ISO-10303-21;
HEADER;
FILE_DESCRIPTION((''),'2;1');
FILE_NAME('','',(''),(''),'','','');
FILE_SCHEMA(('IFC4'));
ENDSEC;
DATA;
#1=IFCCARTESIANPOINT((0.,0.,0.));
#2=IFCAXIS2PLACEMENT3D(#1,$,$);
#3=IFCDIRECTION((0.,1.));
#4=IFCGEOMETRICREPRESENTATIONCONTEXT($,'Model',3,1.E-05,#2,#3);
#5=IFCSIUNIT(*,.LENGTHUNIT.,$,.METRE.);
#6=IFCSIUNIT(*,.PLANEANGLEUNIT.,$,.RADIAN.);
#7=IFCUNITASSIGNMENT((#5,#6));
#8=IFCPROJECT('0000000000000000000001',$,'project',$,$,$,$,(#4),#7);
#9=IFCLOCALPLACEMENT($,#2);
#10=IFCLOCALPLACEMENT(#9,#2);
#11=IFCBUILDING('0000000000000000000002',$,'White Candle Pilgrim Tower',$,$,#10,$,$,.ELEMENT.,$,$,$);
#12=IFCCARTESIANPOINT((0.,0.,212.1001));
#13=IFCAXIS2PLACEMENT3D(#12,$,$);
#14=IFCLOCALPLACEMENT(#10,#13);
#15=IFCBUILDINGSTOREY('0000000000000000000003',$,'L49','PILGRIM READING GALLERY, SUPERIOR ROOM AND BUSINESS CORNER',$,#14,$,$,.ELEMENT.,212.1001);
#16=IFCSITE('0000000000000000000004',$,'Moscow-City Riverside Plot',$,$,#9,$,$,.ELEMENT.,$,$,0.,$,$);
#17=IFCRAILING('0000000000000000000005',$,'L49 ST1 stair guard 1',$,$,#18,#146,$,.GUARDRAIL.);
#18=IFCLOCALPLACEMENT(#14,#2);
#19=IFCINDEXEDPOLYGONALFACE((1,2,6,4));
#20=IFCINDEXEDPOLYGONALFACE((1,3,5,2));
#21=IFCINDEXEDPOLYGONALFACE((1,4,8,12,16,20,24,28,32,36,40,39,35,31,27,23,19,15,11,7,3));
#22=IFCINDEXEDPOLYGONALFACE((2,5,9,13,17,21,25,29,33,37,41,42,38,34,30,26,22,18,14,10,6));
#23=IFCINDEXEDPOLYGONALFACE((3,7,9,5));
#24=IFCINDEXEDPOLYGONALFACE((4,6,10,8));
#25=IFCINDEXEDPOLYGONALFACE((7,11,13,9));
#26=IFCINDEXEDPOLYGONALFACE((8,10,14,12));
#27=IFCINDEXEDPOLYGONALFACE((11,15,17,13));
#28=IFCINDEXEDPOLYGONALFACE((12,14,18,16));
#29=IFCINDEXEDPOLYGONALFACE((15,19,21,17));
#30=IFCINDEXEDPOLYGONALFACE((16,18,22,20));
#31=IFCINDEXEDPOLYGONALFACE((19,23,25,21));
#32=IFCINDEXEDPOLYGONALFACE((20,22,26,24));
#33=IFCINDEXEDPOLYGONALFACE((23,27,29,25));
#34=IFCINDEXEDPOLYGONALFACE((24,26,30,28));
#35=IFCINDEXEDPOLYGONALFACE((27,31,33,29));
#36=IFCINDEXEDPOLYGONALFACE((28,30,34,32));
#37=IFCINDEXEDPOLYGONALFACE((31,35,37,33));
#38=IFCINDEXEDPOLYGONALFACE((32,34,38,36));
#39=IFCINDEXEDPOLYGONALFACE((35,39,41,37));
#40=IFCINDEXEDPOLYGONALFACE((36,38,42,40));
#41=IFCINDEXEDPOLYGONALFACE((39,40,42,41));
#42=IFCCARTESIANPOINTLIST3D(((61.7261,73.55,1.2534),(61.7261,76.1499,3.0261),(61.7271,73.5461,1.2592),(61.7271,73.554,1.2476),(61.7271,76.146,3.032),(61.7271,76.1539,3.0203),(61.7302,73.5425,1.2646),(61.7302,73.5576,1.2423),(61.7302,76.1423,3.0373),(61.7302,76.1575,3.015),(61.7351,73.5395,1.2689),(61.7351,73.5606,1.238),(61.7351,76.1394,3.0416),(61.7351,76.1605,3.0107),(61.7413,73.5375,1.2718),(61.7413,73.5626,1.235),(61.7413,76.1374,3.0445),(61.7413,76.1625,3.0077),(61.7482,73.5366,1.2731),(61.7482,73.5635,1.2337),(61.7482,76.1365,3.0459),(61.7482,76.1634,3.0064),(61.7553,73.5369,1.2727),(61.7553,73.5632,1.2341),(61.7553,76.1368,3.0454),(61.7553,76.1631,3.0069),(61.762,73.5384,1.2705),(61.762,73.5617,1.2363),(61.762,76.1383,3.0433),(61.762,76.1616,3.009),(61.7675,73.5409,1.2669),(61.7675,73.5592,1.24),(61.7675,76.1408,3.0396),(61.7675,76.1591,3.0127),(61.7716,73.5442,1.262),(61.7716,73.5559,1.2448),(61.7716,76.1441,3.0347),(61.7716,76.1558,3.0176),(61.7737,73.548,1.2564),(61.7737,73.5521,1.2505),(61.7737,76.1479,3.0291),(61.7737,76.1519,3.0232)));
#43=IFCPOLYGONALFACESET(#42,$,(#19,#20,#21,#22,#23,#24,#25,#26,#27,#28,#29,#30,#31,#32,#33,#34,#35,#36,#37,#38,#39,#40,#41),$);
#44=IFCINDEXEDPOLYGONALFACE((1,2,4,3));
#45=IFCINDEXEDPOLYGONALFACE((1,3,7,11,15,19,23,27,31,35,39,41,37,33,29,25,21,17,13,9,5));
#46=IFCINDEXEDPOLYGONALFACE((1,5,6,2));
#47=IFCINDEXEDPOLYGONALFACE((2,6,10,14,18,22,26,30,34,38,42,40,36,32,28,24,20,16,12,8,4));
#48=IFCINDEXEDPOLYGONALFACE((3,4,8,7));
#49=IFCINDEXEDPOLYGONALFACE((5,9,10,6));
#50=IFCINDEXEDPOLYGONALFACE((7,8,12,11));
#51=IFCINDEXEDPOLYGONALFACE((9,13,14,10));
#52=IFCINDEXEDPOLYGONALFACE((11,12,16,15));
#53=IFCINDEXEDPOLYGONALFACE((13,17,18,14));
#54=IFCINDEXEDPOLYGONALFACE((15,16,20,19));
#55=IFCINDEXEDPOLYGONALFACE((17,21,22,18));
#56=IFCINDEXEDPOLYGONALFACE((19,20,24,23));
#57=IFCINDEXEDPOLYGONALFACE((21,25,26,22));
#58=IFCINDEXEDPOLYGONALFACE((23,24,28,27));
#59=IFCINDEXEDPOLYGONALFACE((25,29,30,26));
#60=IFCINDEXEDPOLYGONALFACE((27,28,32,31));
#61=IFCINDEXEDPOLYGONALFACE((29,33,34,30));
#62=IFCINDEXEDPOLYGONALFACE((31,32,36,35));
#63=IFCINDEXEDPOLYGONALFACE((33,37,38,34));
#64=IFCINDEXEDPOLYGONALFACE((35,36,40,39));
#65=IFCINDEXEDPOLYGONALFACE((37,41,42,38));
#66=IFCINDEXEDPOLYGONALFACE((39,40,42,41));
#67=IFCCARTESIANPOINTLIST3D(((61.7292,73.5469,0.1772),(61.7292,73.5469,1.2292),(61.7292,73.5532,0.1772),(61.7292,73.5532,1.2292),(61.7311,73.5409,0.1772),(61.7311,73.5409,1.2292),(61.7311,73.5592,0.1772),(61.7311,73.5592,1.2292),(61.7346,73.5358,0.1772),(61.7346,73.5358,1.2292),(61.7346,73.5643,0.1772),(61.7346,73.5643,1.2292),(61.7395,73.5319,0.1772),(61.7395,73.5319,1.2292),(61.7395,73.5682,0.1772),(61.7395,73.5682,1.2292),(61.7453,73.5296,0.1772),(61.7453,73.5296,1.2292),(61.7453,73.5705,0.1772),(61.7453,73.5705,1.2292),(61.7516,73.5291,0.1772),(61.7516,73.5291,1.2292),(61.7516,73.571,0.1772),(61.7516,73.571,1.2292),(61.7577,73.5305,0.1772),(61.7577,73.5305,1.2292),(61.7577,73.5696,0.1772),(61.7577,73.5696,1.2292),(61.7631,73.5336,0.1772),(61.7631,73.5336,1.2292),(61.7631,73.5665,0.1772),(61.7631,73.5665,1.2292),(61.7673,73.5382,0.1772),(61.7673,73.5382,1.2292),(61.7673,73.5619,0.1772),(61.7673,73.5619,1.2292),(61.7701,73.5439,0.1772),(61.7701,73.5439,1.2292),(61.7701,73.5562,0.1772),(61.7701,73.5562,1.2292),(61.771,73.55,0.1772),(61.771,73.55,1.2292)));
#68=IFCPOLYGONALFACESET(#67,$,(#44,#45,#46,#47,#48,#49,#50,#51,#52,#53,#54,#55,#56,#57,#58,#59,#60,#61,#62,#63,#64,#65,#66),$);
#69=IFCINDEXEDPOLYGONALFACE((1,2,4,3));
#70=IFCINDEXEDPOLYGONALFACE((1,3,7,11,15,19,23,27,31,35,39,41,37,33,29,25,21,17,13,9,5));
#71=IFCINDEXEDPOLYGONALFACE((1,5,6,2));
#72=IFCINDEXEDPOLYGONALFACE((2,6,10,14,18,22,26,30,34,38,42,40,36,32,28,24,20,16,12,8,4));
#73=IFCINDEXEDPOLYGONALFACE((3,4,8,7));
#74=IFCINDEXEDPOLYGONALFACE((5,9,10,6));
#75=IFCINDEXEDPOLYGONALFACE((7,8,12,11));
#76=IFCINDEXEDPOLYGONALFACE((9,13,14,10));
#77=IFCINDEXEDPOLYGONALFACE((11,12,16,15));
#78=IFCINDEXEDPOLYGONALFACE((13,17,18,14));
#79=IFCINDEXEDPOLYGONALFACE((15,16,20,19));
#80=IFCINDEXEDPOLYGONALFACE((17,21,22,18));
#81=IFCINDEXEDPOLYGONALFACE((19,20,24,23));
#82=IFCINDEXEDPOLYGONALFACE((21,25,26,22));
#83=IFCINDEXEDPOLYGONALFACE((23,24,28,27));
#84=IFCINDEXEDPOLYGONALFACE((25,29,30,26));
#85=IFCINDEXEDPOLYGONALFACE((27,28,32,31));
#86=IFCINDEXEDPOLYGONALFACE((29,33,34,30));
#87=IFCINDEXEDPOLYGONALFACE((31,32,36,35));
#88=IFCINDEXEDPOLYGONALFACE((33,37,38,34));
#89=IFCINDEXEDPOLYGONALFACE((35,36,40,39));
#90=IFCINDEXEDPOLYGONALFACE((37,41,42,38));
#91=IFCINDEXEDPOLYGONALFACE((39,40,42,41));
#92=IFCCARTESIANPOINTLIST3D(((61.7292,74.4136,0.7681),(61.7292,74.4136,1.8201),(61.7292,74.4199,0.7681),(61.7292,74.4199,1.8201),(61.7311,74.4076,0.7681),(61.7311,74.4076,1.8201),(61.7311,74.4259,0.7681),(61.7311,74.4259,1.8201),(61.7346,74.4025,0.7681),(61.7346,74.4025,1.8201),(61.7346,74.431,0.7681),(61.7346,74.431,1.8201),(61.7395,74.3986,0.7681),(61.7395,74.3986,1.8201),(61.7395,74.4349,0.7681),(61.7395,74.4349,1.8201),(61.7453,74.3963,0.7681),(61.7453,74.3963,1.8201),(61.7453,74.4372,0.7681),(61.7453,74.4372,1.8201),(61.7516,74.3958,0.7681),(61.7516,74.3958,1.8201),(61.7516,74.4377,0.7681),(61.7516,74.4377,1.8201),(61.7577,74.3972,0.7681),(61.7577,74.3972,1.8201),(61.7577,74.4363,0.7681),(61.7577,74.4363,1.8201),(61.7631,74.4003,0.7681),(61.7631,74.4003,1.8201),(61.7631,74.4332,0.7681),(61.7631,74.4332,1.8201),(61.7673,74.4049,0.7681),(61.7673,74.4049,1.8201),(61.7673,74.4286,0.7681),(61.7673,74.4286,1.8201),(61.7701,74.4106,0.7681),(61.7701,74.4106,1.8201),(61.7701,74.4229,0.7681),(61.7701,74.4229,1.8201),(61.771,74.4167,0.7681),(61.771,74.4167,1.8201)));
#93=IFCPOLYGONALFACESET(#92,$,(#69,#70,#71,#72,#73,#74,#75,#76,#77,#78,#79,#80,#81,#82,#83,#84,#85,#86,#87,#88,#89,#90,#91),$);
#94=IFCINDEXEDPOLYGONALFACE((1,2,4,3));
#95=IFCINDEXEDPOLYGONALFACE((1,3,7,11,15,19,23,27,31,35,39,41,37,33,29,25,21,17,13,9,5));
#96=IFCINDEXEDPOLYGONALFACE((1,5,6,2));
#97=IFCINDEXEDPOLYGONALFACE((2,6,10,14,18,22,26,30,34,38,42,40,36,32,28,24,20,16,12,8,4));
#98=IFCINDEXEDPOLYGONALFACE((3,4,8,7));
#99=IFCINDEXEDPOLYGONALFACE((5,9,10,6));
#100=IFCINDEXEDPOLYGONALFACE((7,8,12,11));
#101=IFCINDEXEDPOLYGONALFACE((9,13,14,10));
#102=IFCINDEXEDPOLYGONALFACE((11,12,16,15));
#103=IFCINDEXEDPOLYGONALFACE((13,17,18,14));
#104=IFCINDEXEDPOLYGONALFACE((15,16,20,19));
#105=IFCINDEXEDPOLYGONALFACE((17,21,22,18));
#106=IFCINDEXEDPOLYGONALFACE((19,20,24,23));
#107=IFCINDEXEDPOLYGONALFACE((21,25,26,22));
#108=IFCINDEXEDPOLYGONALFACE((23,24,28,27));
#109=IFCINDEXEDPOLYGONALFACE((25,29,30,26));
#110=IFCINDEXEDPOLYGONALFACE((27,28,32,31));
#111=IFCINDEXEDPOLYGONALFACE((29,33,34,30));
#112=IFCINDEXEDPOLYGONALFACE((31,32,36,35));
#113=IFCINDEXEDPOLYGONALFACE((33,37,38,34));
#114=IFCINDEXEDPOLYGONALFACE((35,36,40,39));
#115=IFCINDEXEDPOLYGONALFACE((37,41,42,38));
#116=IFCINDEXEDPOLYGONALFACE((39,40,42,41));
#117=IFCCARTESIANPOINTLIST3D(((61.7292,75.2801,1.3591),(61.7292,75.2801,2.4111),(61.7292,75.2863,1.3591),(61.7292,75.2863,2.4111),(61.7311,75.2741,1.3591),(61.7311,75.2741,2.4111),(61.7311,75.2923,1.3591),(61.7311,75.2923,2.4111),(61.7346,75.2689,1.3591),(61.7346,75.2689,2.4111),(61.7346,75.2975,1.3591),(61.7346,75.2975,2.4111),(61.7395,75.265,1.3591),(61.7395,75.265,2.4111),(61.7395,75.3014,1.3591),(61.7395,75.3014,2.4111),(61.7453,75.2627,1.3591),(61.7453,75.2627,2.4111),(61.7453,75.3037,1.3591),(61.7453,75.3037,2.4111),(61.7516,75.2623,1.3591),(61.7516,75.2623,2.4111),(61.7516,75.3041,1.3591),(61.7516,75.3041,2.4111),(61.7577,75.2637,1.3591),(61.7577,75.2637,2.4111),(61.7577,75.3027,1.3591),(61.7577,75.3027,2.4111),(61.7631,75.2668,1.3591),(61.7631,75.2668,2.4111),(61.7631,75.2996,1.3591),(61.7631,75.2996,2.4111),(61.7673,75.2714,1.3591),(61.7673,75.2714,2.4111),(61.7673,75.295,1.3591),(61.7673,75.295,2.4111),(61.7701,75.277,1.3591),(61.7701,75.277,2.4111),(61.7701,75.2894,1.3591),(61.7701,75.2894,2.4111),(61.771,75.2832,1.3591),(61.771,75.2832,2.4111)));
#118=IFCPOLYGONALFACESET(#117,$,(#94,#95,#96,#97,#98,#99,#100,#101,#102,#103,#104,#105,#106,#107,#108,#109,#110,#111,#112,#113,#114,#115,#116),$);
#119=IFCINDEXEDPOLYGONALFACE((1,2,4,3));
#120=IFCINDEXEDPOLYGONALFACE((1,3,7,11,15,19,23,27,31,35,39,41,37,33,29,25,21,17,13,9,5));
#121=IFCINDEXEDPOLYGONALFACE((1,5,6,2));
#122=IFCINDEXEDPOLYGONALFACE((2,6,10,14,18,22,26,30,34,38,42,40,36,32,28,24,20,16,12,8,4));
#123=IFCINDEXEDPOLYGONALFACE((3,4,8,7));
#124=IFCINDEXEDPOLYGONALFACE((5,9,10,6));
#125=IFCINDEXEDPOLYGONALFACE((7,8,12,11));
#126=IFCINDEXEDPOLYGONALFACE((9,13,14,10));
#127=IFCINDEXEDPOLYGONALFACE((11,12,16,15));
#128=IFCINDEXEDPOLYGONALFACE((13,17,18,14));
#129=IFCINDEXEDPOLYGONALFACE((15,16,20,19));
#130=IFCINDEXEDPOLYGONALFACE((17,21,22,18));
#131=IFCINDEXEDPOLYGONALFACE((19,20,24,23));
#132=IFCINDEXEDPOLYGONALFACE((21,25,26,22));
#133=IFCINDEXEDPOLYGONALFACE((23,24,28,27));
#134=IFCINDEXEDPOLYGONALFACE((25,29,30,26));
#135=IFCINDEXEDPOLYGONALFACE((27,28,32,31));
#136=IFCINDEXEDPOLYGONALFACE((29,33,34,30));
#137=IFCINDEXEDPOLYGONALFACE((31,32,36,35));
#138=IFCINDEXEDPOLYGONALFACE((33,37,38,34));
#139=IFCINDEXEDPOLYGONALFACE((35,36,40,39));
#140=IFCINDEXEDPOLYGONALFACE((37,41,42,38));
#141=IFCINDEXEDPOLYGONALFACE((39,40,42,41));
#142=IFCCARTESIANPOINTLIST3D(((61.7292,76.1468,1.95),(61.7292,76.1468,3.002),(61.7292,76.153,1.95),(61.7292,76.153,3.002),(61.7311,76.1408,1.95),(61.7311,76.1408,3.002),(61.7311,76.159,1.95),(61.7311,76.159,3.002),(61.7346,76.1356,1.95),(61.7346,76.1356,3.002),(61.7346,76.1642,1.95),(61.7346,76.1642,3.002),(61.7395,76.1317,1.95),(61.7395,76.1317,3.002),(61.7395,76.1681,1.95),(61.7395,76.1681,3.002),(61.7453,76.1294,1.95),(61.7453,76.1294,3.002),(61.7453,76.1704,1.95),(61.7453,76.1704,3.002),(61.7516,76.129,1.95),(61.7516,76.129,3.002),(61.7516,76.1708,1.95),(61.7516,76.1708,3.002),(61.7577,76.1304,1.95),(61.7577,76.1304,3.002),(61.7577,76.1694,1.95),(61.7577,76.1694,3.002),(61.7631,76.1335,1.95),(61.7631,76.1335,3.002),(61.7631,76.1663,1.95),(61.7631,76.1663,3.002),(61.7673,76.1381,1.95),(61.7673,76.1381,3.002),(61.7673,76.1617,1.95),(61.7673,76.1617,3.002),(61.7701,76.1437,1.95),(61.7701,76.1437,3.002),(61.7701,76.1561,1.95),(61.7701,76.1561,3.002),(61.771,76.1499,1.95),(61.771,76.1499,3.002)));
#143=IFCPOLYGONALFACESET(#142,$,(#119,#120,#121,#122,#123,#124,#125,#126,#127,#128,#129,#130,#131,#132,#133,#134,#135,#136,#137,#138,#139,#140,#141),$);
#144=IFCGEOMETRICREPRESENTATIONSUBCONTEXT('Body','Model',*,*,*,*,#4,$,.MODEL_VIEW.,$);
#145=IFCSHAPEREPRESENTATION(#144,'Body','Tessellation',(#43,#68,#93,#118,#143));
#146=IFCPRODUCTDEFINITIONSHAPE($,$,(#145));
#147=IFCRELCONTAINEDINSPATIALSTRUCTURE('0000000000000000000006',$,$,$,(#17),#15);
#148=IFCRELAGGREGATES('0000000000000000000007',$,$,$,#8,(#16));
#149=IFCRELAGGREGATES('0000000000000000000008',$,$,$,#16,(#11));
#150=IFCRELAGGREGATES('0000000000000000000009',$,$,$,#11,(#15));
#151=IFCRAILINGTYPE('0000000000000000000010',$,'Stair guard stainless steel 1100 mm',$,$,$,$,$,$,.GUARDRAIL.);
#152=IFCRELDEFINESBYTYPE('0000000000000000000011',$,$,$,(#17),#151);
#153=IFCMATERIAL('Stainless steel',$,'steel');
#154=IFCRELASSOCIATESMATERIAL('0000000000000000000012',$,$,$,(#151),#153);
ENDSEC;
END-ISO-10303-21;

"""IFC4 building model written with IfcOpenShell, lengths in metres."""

from ifc_helpers import new_model, si_unit, direction, frame, origin, origin_2d, place, context, subcontext, project, spatial, circle, extrude, material, type_object, element, save


model = new_model("IFC4")

# Units and contexts
model_context = context("Model", 3, precision=1e-05, world=origin(), true_north=direction((0.0, 1.0)))
body_context = subcontext(model_context, "Body", "Model", "MODEL_VIEW")
ifc_project = project(units=[si_unit("LENGTHUNIT", "METRE"), si_unit("PLANEANGLEUNIT", "RADIAN")], contexts=[model_context])

# Site, building, storey
site_placement = place(None, origin())
site = spatial("IfcSite", under=ifc_project, at=site_placement, Name="Moscow-City Riverside Plot", CompositionType="ELEMENT", RefElevation=0.0)
building_placement = place(site_placement, origin())
building = spatial("IfcBuilding", under=site, at=building_placement, Name="White Candle Pilgrim Tower", CompositionType="ELEMENT")
storey_placement = place(building_placement, frame((0.0, 0.0, 212.1001)))
storey = spatial("IfcBuildingStorey", under=building, at=storey_placement, Name="L49", Description="PILGRIM READING GALLERY, SUPERIOR ROOM AND BUSINESS CORNER", CompositionType="ELEMENT", Elevation=212.1001)

# Railing
ifc_material_1 = material(Name="Stainless steel", Category="steel")
railing_type_1 = type_object("IfcRailingType", Name="Stair guard stainless steel 1100 mm", PredefinedType="GUARDRAIL", material=ifc_material_1)
railing_1_placement = place(storey_placement, frame((61.75, 73.55, 0.1772)))
element("IfcRailing", 1, at=railing_1_placement, inside=storey, type_object=railing_type_1, Name="L49 ST1 stair guard 1", PredefinedType="GUARDRAIL", context=body_context, shape_type="SweptSolid", body=[
    extrude(circle(Radius=0.0239, at=origin_2d()), frame((0.0, 0.0, 1.0762), z_axis=(0.0, 0.826216, 0.563354), x_axis=(-1.0, 0.0, 0.0)), (0.0, 0.0, 1.0), 3.1467),
    extrude(circle(Radius=0.021, at=origin_2d()), origin(), (0.0, 0.0, 1.0), 1.052),
    extrude(circle(Radius=0.021, at=origin_2d()), frame((0.0, 0.8667, 0.5908)), (0.0, 0.0, 1.0), 1.052),
    extrude(circle(Radius=0.021, at=origin_2d()), frame((0.0, 1.7332, 1.1819)), (0.0, 0.0, 1.0), 1.052),
    extrude(circle(Radius=0.021, at=origin_2d()), frame((0.0, 2.5999, 1.7727)), (0.0, 0.0, 1.0), 1.052),
])

save(model, "model.ifc")
